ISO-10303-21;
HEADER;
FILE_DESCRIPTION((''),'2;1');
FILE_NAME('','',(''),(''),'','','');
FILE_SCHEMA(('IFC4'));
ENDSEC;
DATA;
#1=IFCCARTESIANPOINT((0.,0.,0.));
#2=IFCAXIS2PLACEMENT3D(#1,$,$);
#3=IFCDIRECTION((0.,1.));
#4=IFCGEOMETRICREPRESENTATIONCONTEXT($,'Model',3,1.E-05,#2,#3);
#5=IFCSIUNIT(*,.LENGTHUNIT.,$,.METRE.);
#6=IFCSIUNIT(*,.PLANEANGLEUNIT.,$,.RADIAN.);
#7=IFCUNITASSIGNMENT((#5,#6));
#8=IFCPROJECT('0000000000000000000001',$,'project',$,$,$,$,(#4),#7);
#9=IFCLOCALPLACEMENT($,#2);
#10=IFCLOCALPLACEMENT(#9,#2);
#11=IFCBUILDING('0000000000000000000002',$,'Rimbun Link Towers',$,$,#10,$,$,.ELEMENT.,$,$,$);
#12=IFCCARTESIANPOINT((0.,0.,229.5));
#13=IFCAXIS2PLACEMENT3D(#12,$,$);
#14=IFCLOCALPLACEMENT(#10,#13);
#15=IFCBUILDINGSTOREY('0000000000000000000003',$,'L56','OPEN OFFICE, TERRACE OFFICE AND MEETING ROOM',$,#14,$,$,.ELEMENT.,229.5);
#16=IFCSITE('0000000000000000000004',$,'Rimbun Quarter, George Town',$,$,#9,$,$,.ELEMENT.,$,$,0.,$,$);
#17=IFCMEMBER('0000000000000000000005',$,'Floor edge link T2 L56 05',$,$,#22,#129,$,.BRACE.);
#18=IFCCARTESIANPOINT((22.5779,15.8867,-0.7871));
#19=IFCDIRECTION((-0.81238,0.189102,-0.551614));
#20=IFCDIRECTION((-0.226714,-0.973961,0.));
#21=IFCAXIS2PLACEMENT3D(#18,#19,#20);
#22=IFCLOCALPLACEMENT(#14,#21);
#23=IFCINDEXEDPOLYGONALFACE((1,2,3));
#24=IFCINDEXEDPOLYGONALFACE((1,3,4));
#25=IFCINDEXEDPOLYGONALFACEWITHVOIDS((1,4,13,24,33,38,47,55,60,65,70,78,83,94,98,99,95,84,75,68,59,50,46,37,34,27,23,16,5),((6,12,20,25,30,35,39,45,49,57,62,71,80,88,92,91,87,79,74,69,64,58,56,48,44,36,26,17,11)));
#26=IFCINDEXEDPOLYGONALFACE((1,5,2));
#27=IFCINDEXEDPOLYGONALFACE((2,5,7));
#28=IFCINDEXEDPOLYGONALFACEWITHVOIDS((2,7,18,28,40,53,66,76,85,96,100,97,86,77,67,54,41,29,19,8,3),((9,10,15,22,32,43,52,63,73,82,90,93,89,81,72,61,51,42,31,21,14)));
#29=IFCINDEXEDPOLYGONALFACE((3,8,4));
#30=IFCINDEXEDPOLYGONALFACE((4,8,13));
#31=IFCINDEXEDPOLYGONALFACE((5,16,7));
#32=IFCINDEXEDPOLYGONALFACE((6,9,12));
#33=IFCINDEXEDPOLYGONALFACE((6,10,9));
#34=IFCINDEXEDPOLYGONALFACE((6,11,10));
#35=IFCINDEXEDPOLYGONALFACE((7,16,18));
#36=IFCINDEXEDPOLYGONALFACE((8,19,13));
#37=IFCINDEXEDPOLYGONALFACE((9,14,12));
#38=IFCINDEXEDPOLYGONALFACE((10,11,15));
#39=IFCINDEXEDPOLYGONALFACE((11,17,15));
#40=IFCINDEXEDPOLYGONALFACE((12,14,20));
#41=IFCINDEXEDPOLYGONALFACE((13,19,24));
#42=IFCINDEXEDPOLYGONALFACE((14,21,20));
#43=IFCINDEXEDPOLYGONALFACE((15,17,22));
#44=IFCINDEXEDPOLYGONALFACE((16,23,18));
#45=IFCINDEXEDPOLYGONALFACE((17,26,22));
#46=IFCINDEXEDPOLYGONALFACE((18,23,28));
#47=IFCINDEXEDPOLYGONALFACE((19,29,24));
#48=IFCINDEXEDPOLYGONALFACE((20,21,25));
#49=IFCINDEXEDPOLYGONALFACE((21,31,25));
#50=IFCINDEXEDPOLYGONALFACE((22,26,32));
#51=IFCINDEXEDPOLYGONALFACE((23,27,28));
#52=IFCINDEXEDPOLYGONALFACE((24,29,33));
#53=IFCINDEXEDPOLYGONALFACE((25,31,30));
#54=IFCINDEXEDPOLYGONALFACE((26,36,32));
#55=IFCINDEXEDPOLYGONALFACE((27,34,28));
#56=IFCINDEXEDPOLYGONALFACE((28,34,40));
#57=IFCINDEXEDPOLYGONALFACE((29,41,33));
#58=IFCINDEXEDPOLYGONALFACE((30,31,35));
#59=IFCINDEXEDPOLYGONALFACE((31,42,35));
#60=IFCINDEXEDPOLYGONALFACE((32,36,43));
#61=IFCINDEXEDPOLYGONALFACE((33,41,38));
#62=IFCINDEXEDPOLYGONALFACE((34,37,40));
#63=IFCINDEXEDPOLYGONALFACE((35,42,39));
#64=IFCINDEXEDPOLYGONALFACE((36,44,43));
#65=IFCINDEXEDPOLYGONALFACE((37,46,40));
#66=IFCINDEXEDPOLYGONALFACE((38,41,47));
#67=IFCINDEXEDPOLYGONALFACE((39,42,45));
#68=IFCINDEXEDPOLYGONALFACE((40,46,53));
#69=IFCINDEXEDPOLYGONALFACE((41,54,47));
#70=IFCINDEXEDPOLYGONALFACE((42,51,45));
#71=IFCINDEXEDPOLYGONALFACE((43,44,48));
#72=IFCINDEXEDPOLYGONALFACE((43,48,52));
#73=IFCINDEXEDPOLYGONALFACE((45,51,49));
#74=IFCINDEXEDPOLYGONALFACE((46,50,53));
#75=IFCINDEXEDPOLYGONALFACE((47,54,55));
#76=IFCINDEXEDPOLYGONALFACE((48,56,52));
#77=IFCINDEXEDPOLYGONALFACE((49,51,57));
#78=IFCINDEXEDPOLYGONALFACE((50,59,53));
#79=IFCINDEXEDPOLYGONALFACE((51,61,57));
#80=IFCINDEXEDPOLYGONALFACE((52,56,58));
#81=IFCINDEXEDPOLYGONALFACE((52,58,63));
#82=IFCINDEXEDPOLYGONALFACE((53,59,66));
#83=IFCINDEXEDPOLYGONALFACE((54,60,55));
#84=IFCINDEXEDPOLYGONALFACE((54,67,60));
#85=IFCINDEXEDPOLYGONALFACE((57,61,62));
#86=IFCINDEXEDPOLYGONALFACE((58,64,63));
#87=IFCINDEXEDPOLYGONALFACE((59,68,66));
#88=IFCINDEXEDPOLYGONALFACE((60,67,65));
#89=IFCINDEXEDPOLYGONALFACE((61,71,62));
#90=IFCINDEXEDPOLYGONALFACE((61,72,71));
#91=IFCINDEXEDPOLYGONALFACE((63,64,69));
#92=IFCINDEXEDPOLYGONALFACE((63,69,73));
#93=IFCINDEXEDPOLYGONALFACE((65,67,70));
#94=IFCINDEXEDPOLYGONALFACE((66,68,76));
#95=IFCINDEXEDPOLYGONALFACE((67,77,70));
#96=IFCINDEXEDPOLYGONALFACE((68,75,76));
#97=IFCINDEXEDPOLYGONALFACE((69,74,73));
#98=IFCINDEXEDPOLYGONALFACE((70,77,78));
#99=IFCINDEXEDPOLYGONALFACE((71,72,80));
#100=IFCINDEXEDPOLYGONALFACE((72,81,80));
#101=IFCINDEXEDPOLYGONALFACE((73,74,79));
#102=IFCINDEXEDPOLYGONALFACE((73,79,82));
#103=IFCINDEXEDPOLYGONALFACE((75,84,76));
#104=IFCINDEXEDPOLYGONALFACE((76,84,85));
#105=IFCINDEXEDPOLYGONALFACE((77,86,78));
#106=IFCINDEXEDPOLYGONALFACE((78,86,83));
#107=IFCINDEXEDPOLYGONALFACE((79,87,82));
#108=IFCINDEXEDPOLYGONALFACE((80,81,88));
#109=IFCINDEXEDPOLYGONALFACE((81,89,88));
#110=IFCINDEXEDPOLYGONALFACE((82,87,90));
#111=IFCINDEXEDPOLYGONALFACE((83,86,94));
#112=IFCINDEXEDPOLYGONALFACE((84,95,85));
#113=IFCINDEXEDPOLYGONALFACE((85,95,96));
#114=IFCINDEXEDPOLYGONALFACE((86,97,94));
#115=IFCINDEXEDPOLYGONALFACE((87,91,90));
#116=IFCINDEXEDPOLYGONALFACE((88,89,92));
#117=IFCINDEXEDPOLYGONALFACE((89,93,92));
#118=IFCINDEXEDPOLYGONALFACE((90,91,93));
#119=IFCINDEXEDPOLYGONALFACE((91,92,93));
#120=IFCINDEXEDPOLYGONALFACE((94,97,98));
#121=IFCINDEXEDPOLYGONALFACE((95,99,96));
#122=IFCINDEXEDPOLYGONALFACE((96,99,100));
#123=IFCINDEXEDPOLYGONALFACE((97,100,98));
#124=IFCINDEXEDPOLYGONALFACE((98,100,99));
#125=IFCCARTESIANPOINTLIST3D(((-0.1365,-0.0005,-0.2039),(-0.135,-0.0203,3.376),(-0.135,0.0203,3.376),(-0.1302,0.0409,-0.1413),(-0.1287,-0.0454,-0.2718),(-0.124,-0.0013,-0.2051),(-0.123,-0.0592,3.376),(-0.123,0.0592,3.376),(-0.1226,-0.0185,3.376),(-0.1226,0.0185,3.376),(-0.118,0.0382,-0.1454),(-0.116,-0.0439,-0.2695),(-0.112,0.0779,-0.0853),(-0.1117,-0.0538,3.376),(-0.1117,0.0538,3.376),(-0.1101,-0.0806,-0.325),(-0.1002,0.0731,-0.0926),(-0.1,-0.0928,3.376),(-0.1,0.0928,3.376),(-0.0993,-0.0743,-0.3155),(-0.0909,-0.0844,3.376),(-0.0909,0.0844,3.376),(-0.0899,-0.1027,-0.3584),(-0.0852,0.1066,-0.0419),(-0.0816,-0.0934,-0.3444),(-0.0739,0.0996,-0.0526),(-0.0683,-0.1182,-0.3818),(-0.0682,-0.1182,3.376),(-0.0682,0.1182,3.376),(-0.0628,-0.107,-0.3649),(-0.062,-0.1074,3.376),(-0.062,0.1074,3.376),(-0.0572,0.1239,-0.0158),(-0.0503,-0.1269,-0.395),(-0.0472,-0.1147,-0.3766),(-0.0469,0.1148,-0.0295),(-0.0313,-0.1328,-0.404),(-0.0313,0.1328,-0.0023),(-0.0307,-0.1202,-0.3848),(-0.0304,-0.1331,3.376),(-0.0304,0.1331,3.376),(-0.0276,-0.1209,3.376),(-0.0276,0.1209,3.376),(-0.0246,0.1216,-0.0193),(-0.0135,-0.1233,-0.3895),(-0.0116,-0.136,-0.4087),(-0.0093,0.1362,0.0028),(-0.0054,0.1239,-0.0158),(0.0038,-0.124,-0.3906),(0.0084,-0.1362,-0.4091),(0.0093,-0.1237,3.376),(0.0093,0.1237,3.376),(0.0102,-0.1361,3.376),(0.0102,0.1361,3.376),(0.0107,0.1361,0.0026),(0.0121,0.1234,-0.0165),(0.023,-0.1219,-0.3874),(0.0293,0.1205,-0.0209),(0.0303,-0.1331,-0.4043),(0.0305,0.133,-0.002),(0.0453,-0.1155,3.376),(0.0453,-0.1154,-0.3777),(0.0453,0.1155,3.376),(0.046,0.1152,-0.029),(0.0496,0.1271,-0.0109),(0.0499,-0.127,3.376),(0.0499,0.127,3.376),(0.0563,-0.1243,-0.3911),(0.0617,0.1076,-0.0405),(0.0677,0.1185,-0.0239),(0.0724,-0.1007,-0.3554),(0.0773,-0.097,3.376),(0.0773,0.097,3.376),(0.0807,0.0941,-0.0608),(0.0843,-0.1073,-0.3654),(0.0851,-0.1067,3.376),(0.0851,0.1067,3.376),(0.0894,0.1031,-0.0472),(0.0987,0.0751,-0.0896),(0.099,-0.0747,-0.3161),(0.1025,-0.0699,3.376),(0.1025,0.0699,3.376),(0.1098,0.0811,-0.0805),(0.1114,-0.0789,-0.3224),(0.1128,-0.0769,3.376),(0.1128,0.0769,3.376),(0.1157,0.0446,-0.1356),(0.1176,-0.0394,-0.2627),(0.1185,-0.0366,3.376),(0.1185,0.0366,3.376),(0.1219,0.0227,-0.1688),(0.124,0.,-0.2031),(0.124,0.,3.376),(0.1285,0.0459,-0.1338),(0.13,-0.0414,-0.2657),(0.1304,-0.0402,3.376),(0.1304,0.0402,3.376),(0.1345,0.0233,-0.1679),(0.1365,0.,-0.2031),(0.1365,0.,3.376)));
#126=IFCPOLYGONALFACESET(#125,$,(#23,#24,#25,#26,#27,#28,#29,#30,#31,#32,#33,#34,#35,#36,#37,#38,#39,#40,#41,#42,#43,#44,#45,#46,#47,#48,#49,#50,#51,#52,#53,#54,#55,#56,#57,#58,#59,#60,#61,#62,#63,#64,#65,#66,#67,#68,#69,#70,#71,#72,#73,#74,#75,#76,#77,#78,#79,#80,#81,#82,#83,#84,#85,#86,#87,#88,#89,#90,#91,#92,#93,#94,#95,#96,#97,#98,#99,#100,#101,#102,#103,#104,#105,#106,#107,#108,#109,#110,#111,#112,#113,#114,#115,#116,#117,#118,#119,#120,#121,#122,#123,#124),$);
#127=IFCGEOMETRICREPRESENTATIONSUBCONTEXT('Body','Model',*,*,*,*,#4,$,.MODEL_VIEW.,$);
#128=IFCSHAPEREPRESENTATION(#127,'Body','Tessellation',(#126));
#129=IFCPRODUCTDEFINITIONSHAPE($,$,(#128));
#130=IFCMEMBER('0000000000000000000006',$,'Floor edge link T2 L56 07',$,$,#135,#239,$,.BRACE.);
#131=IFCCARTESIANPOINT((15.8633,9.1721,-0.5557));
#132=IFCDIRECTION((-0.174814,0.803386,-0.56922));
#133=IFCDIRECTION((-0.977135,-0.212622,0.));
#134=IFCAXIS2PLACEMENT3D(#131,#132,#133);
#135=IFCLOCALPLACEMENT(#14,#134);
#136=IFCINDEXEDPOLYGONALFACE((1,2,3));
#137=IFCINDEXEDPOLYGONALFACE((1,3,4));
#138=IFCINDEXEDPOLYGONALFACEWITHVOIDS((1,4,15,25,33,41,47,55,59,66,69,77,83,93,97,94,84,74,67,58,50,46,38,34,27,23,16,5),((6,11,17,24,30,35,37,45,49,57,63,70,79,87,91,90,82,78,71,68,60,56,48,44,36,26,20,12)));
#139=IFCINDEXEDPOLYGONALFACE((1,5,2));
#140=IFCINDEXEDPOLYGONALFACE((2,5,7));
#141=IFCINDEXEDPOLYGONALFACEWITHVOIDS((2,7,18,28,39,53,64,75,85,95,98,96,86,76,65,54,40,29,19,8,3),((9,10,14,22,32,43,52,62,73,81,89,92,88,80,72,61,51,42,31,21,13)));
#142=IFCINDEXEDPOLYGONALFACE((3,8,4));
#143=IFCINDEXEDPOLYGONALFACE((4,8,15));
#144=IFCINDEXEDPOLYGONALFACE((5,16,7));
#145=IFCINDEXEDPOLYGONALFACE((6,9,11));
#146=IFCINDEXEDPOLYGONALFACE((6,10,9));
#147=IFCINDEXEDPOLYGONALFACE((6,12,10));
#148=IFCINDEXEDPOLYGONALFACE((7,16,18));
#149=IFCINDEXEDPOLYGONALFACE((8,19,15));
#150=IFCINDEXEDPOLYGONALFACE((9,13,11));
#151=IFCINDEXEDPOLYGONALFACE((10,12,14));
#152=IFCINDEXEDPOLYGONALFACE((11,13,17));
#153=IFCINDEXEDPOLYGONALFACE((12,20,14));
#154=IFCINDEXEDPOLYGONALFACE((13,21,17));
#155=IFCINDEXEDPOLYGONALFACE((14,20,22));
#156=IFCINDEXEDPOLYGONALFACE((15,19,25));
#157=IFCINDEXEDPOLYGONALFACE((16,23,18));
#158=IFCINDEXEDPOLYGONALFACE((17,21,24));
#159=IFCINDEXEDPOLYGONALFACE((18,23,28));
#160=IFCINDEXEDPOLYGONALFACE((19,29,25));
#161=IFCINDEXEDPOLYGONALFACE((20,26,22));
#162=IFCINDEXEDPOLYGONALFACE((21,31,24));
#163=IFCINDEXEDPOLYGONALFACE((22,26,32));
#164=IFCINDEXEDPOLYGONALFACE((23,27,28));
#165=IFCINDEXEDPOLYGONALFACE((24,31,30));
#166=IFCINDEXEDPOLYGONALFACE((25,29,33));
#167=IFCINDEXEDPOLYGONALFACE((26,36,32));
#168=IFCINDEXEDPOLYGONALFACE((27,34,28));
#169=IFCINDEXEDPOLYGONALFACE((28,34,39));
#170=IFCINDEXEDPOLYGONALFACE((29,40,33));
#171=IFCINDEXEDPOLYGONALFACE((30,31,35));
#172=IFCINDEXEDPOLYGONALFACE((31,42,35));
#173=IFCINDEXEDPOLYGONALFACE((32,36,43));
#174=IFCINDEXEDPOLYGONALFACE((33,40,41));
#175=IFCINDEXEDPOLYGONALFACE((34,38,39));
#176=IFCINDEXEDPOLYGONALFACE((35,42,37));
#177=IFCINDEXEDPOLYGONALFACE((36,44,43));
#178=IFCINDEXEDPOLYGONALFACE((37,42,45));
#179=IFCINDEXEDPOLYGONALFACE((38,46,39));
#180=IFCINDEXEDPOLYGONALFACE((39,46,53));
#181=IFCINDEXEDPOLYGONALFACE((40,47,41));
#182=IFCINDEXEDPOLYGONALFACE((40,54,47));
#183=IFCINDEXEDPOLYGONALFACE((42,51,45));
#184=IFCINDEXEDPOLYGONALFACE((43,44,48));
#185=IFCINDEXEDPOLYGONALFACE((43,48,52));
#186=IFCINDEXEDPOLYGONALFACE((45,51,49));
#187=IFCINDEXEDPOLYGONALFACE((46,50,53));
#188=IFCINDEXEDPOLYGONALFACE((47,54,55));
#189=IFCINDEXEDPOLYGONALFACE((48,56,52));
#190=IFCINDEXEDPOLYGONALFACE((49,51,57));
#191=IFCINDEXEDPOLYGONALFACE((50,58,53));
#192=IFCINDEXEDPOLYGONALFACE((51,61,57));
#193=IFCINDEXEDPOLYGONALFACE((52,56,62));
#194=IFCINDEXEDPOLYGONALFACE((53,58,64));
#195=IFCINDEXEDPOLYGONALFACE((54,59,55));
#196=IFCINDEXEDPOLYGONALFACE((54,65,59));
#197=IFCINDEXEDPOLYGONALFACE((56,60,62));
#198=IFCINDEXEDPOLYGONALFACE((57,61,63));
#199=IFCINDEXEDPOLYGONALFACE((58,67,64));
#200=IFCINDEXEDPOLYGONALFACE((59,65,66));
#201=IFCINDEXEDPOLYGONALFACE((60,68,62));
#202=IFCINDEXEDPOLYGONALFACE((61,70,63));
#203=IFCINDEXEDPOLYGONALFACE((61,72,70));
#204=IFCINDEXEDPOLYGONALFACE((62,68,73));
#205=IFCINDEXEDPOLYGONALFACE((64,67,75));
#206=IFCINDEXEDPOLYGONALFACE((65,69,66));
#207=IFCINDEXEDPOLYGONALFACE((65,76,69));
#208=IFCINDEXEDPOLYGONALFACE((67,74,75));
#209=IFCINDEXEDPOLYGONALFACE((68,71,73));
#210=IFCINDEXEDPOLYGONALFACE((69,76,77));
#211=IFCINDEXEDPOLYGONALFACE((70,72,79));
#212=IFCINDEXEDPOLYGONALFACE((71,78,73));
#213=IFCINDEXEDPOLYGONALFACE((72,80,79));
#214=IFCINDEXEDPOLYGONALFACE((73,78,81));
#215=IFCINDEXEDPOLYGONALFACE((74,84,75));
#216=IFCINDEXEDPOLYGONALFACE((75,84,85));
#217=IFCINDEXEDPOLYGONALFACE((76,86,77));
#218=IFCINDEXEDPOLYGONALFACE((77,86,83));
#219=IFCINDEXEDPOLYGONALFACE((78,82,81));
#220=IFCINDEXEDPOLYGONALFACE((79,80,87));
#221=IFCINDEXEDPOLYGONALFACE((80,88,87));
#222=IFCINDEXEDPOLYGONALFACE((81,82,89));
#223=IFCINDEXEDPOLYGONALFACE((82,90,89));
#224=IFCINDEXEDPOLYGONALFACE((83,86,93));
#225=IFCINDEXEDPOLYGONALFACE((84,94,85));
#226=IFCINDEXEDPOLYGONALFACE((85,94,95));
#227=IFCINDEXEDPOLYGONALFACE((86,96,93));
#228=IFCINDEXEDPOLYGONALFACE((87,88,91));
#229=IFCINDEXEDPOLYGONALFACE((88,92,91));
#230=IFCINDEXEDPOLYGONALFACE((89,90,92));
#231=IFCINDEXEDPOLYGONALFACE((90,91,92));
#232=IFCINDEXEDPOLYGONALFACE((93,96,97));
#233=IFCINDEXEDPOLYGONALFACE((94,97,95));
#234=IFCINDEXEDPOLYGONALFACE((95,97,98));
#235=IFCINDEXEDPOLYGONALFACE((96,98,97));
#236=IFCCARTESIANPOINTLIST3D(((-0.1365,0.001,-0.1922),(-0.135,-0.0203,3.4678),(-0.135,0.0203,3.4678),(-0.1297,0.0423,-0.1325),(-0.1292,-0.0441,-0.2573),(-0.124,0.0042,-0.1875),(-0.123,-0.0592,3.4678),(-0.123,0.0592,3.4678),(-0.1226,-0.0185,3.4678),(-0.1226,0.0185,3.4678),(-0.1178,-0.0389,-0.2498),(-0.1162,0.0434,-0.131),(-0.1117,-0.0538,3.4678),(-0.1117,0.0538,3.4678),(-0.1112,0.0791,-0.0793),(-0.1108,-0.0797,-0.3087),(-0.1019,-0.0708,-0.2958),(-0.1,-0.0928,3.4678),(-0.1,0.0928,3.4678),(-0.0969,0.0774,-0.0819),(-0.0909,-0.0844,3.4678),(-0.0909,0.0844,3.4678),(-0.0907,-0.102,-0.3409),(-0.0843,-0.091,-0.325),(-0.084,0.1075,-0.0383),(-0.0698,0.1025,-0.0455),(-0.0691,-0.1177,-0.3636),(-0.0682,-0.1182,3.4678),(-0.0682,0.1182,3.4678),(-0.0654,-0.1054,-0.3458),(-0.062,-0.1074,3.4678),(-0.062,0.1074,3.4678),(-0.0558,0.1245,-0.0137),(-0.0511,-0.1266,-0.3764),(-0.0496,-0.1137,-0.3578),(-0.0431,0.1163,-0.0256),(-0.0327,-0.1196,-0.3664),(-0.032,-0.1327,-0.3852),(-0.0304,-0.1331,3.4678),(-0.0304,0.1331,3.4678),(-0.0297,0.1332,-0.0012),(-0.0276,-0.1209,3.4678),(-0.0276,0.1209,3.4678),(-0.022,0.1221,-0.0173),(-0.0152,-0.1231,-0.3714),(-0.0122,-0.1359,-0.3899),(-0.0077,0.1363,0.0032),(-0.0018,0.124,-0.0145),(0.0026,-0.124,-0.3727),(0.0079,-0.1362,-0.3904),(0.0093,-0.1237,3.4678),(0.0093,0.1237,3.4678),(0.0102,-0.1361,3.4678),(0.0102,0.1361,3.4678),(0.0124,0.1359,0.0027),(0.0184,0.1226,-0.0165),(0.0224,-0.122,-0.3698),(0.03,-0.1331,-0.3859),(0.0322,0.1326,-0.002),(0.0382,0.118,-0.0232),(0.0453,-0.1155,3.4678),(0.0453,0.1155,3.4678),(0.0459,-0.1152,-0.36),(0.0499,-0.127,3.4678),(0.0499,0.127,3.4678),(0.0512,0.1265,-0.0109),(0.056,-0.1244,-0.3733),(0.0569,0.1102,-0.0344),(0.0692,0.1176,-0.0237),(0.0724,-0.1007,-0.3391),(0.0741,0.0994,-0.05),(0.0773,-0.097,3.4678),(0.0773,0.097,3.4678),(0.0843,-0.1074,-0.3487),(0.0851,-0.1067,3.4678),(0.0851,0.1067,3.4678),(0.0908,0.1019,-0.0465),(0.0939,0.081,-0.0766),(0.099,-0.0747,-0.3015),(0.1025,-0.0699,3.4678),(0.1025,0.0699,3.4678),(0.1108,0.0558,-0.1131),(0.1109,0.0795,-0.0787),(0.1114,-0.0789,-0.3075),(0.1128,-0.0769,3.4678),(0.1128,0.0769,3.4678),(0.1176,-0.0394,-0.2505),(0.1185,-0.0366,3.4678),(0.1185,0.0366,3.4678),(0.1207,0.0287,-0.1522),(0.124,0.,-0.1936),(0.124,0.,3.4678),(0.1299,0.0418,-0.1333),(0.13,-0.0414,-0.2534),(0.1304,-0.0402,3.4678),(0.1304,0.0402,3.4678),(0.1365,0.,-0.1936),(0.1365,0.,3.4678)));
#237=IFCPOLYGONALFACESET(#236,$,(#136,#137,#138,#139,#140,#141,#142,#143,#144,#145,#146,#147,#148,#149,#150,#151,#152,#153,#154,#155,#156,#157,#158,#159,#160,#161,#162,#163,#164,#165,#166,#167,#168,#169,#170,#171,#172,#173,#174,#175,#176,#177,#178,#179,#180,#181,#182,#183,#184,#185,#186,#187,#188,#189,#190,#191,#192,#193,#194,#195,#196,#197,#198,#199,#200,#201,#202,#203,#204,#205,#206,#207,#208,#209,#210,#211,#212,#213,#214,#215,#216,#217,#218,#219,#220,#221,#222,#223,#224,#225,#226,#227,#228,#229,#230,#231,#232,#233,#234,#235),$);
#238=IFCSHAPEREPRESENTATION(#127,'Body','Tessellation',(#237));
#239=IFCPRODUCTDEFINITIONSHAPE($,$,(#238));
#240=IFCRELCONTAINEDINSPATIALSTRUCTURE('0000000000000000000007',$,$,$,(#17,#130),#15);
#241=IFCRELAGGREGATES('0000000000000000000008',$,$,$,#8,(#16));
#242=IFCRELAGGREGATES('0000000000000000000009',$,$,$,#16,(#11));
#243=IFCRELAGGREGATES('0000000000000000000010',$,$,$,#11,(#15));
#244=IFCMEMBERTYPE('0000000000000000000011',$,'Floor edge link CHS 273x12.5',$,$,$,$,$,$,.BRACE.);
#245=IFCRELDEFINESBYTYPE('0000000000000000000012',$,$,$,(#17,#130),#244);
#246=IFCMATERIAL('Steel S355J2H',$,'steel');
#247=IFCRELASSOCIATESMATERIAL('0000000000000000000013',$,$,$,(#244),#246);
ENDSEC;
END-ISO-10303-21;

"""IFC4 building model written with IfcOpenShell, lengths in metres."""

from ifc_helpers import new_model, si_unit, direction, frame, origin, origin_2d, place, context, subcontext, project, spatial, hollow_circle, extrude, clip, halfspace, material, material_profile, profile_set, type_object, element, save


model = new_model("IFC4")

# Units and contexts
model_context = context("Model", 3, precision=1e-05, world=origin(), true_north=direction((0.0, 1.0)))
body_context = subcontext(model_context, "Body", "Model", "MODEL_VIEW")
ifc_project = project(units=[si_unit("LENGTHUNIT", "METRE"), si_unit("PLANEANGLEUNIT", "RADIAN")], contexts=[model_context])

# Site, building, storey
site_placement = place(None, origin())
site = spatial("IfcSite", under=ifc_project, at=site_placement, Name="Rimbun Quarter, George Town", CompositionType="ELEMENT", RefElevation=0.0)
building_placement = place(site_placement, origin())
building = spatial("IfcBuilding", under=site, at=building_placement, Name="Rimbun Link Towers", CompositionType="ELEMENT")
storey_placement = place(building_placement, frame((0.0, 0.0, 229.5)))
storey = spatial("IfcBuildingStorey", under=building, at=storey_placement, Name="L56", Description="OPEN OFFICE, TERRACE OFFICE AND MEETING ROOM", CompositionType="ELEMENT", Elevation=229.5)

# Members
ifc_material_1 = material(Name="Steel S355J2H", Category="steel")
ifc_material_profile_1 = material_profile(ifc_material_1, hollow_circle(Radius=0.1365, WallThickness=0.0125, at=origin_2d()), Name="CHS 273x12.5")
ifc_profile_set_1 = profile_set([ifc_material_profile_1], Name="Steel S355J2H")
member_type_1 = type_object("IfcMemberType", Name="Floor edge link CHS 273x12.5", PredefinedType="BRACE", material=ifc_profile_set_1)
member_1_placement = place(storey_placement, frame((22.5779, 15.8867, -0.7871), z_axis=(-0.81238, 0.189102, -0.551614), x_axis=(-0.226714, -0.973961, 0.0)))
element("IfcMember", 1, at=member_1_placement, inside=storey, type_object=member_type_1, Name="Floor edge link T2 L56 05", PredefinedType="BRACE", context=body_context, shape_type="Clipping", body=[
    clip(extrude(hollow_circle(Radius=0.1365, WallThickness=0.0125, at=origin_2d()), frame((0.0, 0.0, -0.4309)), (0.0, 0.0, 1.0), 3.8069), halfspace(frame((0.0, 0.0, -0.2031), z_axis=(0.0, 0.834099, -0.551614)), False)),
])
member_2_placement = place(storey_placement, frame((15.8633, 9.1721, -0.5557), z_axis=(-0.174814, 0.803386, -0.56922), x_axis=(-0.977135, -0.212622, 0.0)))
element("IfcMember", 2, at=member_2_placement, inside=storey, type_object=member_type_1, Name="Floor edge link T2 L56 07", PredefinedType="BRACE", context=body_context, shape_type="Clipping", body=[
    clip(extrude(hollow_circle(Radius=0.1365, WallThickness=0.0125, at=origin_2d()), frame((0.0, 0.0, -0.4119)), (0.0, 0.0, 1.0), 3.8796), halfspace(frame((0.0, 0.0, -0.1936), z_axis=(0.0, 0.822185, -0.56922)), False)),
])

save(model, "model.ifc")
